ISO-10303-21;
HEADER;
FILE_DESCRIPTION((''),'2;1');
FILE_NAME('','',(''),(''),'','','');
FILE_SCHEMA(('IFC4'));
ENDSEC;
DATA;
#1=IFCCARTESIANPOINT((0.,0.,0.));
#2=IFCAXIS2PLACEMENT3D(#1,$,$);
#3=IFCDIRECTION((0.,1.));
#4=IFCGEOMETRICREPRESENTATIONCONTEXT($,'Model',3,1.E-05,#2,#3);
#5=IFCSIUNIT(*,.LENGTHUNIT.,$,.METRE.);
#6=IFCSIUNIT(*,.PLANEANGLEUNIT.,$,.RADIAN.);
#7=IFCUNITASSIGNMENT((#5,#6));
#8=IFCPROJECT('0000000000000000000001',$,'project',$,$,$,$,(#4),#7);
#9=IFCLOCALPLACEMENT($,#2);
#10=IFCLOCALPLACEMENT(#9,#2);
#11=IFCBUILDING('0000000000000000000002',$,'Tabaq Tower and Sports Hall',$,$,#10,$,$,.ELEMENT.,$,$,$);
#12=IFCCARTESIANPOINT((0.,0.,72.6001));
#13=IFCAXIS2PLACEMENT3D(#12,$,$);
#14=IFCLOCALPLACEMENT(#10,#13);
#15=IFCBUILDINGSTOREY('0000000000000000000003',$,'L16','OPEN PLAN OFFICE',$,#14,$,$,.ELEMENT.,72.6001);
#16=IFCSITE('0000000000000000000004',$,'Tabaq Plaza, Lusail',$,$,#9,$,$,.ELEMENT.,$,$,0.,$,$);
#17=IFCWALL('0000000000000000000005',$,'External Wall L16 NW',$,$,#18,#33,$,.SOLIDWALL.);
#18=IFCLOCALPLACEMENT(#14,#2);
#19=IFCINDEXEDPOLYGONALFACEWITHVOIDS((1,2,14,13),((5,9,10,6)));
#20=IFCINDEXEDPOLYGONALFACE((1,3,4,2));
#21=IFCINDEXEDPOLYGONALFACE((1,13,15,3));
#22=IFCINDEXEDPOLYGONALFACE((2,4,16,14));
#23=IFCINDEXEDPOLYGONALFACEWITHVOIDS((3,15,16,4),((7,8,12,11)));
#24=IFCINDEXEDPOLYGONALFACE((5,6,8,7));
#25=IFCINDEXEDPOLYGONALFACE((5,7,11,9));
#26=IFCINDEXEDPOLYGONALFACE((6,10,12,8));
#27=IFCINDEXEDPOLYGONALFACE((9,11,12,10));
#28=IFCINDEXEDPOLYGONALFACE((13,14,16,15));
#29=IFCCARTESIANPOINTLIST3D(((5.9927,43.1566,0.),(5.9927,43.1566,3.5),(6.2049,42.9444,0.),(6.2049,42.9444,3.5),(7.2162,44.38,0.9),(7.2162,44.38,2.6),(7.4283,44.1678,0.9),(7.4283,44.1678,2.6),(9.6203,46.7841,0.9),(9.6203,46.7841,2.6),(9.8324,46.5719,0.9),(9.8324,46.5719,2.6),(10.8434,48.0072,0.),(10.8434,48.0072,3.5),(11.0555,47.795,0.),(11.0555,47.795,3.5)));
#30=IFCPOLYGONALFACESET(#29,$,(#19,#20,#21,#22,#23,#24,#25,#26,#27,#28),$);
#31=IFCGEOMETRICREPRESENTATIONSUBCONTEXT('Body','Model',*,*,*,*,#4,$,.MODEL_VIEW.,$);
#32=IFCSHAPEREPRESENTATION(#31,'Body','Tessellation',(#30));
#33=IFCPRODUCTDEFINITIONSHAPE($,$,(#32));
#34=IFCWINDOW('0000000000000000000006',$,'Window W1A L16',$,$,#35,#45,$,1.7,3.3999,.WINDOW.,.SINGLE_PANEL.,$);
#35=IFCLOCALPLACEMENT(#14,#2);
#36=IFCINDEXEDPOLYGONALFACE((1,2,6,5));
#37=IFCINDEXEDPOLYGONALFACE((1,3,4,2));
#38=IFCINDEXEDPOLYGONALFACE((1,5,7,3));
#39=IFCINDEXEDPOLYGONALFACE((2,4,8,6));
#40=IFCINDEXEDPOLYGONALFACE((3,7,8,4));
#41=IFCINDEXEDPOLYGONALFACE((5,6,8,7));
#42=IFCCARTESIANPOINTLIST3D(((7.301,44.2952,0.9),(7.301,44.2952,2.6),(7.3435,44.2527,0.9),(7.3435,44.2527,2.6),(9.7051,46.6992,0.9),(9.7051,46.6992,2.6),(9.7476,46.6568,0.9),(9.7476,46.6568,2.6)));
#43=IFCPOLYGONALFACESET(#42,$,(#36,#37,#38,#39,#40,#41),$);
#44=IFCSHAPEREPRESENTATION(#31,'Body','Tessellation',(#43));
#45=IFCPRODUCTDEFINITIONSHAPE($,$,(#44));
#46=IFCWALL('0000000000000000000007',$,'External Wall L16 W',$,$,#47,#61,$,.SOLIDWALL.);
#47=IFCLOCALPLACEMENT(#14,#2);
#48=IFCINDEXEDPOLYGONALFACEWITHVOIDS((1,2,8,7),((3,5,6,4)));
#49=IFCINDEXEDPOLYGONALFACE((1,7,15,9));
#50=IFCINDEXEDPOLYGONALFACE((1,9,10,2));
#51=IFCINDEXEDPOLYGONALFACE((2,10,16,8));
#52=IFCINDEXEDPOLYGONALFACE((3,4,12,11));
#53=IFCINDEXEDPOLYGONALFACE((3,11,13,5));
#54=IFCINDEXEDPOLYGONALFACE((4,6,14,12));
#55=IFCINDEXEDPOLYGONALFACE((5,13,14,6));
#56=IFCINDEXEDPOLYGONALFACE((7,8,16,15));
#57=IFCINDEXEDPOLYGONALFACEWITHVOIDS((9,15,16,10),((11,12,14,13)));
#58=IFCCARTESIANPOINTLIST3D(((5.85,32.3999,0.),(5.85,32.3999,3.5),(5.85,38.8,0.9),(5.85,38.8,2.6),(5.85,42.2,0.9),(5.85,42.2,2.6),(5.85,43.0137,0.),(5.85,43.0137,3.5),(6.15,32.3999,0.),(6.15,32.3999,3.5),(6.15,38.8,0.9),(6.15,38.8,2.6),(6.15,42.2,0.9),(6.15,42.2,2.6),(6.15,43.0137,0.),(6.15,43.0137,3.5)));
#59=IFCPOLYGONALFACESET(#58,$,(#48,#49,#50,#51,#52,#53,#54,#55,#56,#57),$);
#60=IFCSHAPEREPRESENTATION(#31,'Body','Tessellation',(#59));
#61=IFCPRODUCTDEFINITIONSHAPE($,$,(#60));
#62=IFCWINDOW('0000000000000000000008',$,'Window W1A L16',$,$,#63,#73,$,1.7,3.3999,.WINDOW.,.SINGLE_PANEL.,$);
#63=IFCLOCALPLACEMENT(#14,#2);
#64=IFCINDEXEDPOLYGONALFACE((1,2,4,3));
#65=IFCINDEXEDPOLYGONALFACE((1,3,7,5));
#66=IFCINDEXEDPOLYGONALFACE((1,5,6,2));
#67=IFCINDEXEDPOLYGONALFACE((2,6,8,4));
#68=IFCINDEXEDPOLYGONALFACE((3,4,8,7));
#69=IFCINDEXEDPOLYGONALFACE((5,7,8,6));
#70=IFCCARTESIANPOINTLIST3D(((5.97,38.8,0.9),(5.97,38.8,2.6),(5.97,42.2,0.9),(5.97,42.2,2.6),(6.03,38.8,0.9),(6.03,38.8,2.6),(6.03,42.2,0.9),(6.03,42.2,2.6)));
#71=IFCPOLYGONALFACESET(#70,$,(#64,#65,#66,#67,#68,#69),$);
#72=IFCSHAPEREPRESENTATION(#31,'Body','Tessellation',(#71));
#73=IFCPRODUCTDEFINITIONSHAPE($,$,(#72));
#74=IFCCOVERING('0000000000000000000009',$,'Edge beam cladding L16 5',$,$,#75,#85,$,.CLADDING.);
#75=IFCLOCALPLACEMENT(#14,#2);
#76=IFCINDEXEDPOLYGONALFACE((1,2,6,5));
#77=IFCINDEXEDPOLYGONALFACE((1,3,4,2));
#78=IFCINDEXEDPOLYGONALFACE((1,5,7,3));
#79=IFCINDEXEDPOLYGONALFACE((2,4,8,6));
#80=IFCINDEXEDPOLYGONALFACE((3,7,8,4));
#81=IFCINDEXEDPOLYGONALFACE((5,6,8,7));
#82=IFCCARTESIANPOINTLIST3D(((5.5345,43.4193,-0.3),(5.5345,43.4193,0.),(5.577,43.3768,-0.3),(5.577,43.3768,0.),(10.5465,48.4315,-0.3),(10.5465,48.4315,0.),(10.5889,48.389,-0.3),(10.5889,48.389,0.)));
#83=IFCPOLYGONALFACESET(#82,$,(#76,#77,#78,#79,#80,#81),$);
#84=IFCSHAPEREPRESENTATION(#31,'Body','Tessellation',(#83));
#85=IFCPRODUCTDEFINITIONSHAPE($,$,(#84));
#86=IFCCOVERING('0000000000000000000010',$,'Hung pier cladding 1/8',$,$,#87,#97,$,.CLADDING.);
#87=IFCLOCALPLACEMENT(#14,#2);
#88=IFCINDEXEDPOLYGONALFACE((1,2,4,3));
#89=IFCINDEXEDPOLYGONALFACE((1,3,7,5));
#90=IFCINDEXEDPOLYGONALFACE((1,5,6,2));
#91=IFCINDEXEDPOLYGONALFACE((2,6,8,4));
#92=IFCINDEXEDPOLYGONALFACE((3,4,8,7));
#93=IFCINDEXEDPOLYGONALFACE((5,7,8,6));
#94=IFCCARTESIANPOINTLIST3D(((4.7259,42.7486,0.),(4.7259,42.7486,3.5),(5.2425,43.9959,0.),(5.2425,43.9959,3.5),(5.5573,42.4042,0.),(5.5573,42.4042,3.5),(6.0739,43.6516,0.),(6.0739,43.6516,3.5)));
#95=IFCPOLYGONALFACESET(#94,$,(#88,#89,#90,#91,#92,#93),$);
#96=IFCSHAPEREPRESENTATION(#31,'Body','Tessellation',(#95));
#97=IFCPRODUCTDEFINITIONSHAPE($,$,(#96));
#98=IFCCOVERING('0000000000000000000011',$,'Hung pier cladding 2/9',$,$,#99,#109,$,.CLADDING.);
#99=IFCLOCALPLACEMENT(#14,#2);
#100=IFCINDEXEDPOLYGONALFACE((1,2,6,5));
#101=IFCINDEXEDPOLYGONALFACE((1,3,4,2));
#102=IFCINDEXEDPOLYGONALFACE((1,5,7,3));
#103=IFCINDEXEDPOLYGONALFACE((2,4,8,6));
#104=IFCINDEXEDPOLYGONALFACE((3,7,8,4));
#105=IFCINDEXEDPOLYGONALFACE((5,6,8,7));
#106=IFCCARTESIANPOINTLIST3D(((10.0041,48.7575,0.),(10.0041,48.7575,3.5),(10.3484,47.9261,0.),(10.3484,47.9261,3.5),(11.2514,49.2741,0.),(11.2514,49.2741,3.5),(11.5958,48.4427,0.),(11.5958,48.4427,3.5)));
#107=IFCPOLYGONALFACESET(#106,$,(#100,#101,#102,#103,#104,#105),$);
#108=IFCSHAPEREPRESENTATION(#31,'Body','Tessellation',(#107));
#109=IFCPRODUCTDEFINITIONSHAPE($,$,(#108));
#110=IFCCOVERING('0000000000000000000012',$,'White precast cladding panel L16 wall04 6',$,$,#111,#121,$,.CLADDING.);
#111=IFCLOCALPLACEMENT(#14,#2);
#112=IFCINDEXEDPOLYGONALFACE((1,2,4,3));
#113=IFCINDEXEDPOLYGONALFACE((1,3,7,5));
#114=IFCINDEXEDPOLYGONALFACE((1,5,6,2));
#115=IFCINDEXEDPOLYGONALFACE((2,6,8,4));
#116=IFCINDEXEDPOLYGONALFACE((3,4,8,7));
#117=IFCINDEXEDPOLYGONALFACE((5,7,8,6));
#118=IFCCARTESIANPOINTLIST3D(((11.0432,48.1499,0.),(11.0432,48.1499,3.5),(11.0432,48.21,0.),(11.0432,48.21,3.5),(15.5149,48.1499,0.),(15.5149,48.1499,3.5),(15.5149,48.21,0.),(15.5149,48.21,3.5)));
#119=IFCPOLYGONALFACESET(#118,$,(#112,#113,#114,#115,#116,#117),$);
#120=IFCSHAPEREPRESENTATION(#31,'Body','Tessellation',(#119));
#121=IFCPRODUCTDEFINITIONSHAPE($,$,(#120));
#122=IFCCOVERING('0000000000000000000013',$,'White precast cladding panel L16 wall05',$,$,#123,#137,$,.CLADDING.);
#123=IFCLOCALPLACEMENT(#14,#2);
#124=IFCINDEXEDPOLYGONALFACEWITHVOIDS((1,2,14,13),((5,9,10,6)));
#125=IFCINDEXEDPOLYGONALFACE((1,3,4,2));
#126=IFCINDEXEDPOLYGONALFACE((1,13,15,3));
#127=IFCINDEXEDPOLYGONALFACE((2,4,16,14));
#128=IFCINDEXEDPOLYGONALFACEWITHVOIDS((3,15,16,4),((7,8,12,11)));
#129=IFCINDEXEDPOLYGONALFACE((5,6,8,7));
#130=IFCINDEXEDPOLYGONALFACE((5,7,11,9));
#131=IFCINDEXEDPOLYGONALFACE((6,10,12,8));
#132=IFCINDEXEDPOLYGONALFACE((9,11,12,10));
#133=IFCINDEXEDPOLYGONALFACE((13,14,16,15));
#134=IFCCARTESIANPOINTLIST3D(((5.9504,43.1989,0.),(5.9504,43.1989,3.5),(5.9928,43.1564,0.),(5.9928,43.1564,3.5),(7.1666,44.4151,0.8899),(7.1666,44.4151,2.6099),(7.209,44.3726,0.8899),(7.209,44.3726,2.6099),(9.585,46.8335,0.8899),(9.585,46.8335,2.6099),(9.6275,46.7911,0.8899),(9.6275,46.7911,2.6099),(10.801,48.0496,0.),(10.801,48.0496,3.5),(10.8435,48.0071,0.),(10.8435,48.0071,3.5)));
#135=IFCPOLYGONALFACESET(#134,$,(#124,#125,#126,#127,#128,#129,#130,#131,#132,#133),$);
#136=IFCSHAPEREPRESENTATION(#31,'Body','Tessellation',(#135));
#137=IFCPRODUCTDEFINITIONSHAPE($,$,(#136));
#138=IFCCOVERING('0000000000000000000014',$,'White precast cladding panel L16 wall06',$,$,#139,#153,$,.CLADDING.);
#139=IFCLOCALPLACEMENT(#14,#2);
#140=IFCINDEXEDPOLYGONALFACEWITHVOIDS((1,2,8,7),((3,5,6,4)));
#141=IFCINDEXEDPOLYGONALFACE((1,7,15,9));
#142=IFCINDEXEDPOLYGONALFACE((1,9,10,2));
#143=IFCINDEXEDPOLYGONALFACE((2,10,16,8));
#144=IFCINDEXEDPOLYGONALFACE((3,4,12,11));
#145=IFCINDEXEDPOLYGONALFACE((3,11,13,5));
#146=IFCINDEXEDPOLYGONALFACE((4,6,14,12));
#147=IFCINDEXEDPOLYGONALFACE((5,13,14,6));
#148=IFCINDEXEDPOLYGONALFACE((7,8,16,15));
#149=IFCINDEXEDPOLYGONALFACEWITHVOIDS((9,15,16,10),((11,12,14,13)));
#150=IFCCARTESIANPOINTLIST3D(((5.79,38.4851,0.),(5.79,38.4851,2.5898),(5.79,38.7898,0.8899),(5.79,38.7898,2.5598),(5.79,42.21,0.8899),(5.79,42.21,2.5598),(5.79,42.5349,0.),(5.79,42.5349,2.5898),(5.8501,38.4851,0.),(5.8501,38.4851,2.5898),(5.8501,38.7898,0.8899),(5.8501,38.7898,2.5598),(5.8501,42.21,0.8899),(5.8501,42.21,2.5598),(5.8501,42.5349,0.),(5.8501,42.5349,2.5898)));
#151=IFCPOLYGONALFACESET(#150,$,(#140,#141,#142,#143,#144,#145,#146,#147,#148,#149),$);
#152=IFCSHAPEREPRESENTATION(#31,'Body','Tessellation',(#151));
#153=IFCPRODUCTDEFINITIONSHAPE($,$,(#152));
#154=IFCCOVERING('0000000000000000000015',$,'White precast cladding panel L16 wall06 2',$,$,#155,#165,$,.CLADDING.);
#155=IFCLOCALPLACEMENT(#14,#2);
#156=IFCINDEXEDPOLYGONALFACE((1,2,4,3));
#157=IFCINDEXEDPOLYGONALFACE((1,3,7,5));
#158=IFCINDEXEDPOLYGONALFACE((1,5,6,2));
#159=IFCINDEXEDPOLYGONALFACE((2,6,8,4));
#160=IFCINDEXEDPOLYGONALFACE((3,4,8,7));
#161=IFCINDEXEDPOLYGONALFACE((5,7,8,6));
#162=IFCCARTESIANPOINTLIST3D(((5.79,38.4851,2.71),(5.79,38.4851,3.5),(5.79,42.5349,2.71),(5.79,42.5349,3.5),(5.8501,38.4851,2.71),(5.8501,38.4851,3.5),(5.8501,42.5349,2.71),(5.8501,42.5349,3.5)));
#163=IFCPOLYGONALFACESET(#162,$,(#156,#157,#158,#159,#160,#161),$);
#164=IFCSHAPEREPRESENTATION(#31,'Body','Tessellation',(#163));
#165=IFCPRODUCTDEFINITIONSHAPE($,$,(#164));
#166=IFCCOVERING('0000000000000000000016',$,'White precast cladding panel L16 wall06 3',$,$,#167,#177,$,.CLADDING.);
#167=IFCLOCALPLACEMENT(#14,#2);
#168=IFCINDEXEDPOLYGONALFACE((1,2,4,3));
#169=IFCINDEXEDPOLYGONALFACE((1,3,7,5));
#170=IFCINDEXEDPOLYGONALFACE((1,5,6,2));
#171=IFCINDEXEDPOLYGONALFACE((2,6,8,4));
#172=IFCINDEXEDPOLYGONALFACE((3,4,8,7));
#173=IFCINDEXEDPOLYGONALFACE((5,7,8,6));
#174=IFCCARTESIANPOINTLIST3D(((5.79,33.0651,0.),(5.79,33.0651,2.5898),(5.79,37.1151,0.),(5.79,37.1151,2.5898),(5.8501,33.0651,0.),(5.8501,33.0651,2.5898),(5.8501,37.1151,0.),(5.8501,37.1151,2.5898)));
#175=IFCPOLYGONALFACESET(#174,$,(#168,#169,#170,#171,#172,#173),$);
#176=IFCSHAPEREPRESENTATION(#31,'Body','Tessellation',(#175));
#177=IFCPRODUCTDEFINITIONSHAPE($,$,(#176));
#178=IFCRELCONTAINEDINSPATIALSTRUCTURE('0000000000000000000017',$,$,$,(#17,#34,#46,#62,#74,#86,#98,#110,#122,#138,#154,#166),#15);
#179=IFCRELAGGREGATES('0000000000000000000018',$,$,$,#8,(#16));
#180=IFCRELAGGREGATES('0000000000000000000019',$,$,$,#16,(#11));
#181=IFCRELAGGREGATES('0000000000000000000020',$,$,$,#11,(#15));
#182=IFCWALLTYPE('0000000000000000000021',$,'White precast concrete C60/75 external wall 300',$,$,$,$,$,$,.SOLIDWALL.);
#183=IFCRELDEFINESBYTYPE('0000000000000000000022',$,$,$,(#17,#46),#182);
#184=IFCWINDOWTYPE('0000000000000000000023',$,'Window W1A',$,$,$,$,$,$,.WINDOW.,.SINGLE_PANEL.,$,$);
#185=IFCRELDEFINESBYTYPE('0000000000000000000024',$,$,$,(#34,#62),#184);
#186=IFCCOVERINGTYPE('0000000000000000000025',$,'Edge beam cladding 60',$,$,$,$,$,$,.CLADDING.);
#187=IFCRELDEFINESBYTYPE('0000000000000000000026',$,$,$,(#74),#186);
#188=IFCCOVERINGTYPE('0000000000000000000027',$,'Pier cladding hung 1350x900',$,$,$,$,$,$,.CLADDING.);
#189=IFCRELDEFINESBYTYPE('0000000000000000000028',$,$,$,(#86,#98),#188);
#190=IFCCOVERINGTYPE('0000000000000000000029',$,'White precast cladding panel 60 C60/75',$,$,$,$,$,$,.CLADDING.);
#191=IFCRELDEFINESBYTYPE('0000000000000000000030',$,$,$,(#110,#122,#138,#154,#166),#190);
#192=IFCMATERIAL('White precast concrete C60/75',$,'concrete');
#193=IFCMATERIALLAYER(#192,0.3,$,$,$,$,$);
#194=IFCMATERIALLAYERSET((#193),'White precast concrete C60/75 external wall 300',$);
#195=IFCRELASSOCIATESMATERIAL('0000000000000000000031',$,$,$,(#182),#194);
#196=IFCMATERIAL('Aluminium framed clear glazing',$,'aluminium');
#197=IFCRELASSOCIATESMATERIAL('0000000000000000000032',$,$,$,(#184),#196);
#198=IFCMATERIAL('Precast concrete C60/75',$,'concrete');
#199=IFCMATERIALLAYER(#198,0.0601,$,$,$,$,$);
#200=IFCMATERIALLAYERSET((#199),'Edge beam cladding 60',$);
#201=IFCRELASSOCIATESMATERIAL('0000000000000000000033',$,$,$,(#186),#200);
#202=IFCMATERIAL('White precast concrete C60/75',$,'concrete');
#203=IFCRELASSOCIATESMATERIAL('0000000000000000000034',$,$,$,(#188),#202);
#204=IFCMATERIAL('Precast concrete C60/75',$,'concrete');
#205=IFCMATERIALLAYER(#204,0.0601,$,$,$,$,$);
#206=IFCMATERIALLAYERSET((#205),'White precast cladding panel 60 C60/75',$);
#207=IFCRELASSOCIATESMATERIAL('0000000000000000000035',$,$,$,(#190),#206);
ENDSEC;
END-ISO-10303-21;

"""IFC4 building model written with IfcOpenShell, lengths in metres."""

from ifc_helpers import new_model, si_unit, direction, frame, frame_2d, origin, place, context, subcontext, project, spatial, polyline, rectangle, outline, extrude, material, layer, layer_set, type_object, element, fill, save


model = new_model("IFC4")

# Units and contexts
model_context = context("Model", 3, precision=1e-05, world=origin(), true_north=direction((0.0, 1.0)))
body_context = subcontext(model_context, "Body", "Model", "MODEL_VIEW")
ifc_project = project(units=[si_unit("LENGTHUNIT", "METRE"), si_unit("PLANEANGLEUNIT", "RADIAN")], contexts=[model_context])

# Site, building, storey
site_placement = place(None, origin())
site = spatial("IfcSite", under=ifc_project, at=site_placement, Name="Tabaq Plaza, Lusail", CompositionType="ELEMENT", RefElevation=0.0)
building_placement = place(site_placement, origin())
building = spatial("IfcBuilding", under=site, at=building_placement, Name="Tabaq Tower and Sports Hall", CompositionType="ELEMENT")
storey_placement = place(building_placement, frame((0.0, 0.0, 72.6001)))
storey = spatial("IfcBuildingStorey", under=building, at=storey_placement, Name="L16", Description="OPEN PLAN OFFICE", CompositionType="ELEMENT", Elevation=72.6001)

# Walls, openings, windows
ifc_material_1 = material(Name="White precast concrete C60/75", Category="concrete")
ifc_layer_1 = layer(ifc_material_1, 0.3)
ifc_layer_set_1 = layer_set([ifc_layer_1], Name="White precast concrete C60/75 external wall 300")
wall_type_1 = type_object("IfcWallType", Name="White precast concrete C60/75 external wall 300", PredefinedType="SOLIDWALL", material=ifc_layer_set_1)
wall_1_placement = place(storey_placement, frame((10.9495, 47.9011, 0.0), z_axis=(0.0, 0.0, 1.0), x_axis=(-0.707107, -0.707107, 0.0)))
wall_1 = element("IfcWall", 1, at=wall_1_placement, inside=storey, type_object=wall_type_1, Name="External Wall L16 NW", PredefinedType="SOLIDWALL", context=body_context, shape_type="SweptSolid", body=[
    extrude(rectangle(XDim=6.8599, YDim=0.3, at=frame_2d((3.4299, 0.0))), origin(), (0.0, 0.0, 1.0), 3.5),
])
opening_1_placement = place(wall_1_placement, frame((1.7297, 0.0, 0.8999)))
opening_1 = element("IfcOpeningElement", 2, at=opening_1_placement, cuts=wall_1, PredefinedType="OPENING", context=body_context, shape_type="SweptSolid", body=[
    extrude(rectangle(XDim=3.3999, YDim=1.7, at=frame_2d((1.7, 0.8501))), frame((0.0, 0.1602, 0.0), z_axis=(0.0, -1.0, 0.0), x_axis=(1.0, 0.0, 0.0)), (0.0, 0.0, 1.0), 0.3201),
])
ifc_material_2 = material(Name="Aluminium framed clear glazing", Category="aluminium")
window_type = type_object("IfcWindowType", Name="Window W1A", PartitioningType="SINGLE_PANEL", PredefinedType="WINDOW", material=ifc_material_2)
window_1_placement = place(opening_1_placement, origin())
window_1 = element("IfcWindow", 3, at=window_1_placement, inside=storey, type_object=window_type, Name="Window W1A L16", OverallHeight=1.7, OverallWidth=3.3999, PartitioningType="SINGLE_PANEL", PredefinedType="WINDOW", context=body_context, shape_type="SweptSolid", body=[
    extrude(rectangle(XDim=3.3999, YDim=1.7, at=frame_2d((1.7, 0.8501))), frame((0.0, 0.03, 0.0), z_axis=(0.0, -1.0, 0.0), x_axis=(1.0, 0.0, 0.0)), (0.0, 0.0, 1.0), 0.0601),
])
fill(opening_1, window_1)
wall_2_placement = place(storey_placement, frame((6.0, 43.0137, 0.0), z_axis=(0.0, 0.0, 1.0), x_axis=(0.0, -1.0, 0.0)))
wall_2 = element("IfcWall", 4, at=wall_2_placement, inside=storey, type_object=wall_type_1, Name="External Wall L16 W", PredefinedType="SOLIDWALL", context=body_context, shape_type="SweptSolid", body=[
    extrude(rectangle(XDim=10.6138, YDim=0.3, at=frame_2d((5.3069, 0.0))), origin(), (0.0, 0.0, 1.0), 3.5),
])
opening_2_placement = place(wall_2_placement, frame((0.8137, 0.0, 0.8999)))
opening_2 = element("IfcOpeningElement", 5, at=opening_2_placement, cuts=wall_2, PredefinedType="OPENING", context=body_context, shape_type="SweptSolid", body=[
    extrude(rectangle(XDim=3.3999, YDim=1.7, at=frame_2d((1.7, 0.8501))), frame((0.0, 0.1602, 0.0), z_axis=(0.0, -1.0, 0.0), x_axis=(1.0, 0.0, 0.0)), (0.0, 0.0, 1.0), 0.3201),
])
window_2_placement = place(opening_2_placement, origin())
window_2 = element("IfcWindow", 6, at=window_2_placement, inside=storey, type_object=window_type, Name="Window W1A L16", OverallHeight=1.7, OverallWidth=3.3999, PartitioningType="SINGLE_PANEL", PredefinedType="WINDOW", context=body_context, shape_type="SweptSolid", body=[
    extrude(rectangle(XDim=3.3999, YDim=1.7, at=frame_2d((1.7, 0.8501))), frame((0.0, 0.03, 0.0), z_axis=(0.0, -1.0, 0.0), x_axis=(1.0, 0.0, 0.0)), (0.0, 0.0, 1.0), 0.0601),
])
fill(opening_2, window_2)

# Coverings
ifc_material_3 = material(Name="Precast concrete C60/75", Category="concrete")
ifc_layer_2 = layer(ifc_material_3, 0.0601)
ifc_layer_set_2 = layer_set([ifc_layer_2], Name="Edge beam cladding 60")
covering_type_1 = type_object("IfcCoveringType", Name="Edge beam cladding 60", PredefinedType="CLADDING", material=ifc_layer_set_2)
covering_1_placement = place(storey_placement, frame((10.5676, 48.4102, -0.3), z_axis=(0.0, 0.0, 1.0), x_axis=(-0.70709, -0.707124, 0.0)))
element("IfcCovering", 7, at=covering_1_placement, inside=storey, type_object=covering_type_1, Name="Edge beam cladding L16 5", PredefinedType="CLADDING", context=body_context, shape_type="SweptSolid", body=[
    extrude(rectangle(XDim=7.0881, YDim=0.0601, at=frame_2d((3.5439, 0.0))), origin(), (0.0, 0.0, 1.0), 0.3),
])
ifc_material_4 = material(Name="White precast concrete C60/75", Category="concrete")
covering_type_2 = type_object("IfcCoveringType", Name="Pier cladding hung 1350x900", PredefinedType="CLADDING", material=ifc_material_4)
for number, where, z_axis, x_axis, name in (
    (8, (5.6582, 43.8237, 0.0), (0.0, 0.0, 1.0), (-0.38265, -0.923893, 0.0), "Hung pier cladding 1/8"),
    (9, (11.4236, 48.8584, 0.0), (0.0, 0.0, 1.0), (-0.923893, -0.38265, 0.0), "Hung pier cladding 2/9"),
):
    element("IfcCovering", number, at=place(storey_placement, frame(where, z_axis=z_axis, x_axis=x_axis)), inside=storey, type_object=covering_type_2, Name=name, PredefinedType="CLADDING", context=body_context, shape_type="SweptSolid", body=[
        extrude(rectangle(XDim=1.3501, YDim=0.8999, at=frame_2d((0.675, 0.0))), origin(), (0.0, 0.0, 1.0), 3.5),
    ])
ifc_material_5 = material(Name="Precast concrete C60/75", Category="concrete")
ifc_layer_3 = layer(ifc_material_5, 0.0601)
ifc_layer_set_3 = layer_set([ifc_layer_3], Name="White precast cladding panel 60 C60/75")
covering_type_3 = type_object("IfcCoveringType", Name="White precast cladding panel 60 C60/75", PredefinedType="CLADDING", material=ifc_layer_set_3)
covering_2_placement = place(storey_placement, frame((15.5149, 48.1799, 0.0), z_axis=(0.0, 0.0, 1.0), x_axis=(-1.0, 0.0, 0.0)))
element("IfcCovering", 10, at=covering_2_placement, inside=storey, type_object=covering_type_3, Name="White precast cladding panel L16 wall04 6", PredefinedType="CLADDING", context=body_context, shape_type="SweptSolid", body=[
    extrude(rectangle(XDim=4.4717, YDim=0.0601, at=frame_2d((2.2358, 0.0))), origin(), (0.0, 0.0, 1.0), 3.5),
])
covering_3_placement = place(storey_placement, frame((10.8223, 48.0283, 0.0), z_axis=(0.0, 0.0, 1.0), x_axis=(-0.707107, -0.707107, 0.0)))
element("IfcCovering", 11, at=covering_3_placement, inside=storey, type_object=covering_type_3, Name="White precast cladding panel L16 wall05", PredefinedType="CLADDING", context=body_context, shape_type="SweptSolid", body=[
    extrude(outline(polyline([(0.0, 0.0), (6.8599, 0.0), (6.8599, 3.5), (0.0, 3.5), (0.0, 0.0)]), holes=[polyline([(1.7197, 0.8899), (1.7197, 2.6099), (5.1399, 2.6099), (5.1399, 0.8899), (1.7197, 0.8899)])]), frame((0.0, 0.03, 0.0), z_axis=(0.0, -1.0, 0.0), x_axis=(1.0, 0.0, 0.0)), (0.0, 0.0, 1.0), 0.0601),
])
covering_4_placement = place(storey_placement, frame((5.8201, 42.5349, 0.0), z_axis=(0.0, 0.0, 1.0), x_axis=(0.0, -1.0, 0.0)))
element("IfcCovering", 12, at=covering_4_placement, inside=storey, type_object=covering_type_3, Name="White precast cladding panel L16 wall06", PredefinedType="CLADDING", context=body_context, shape_type="SweptSolid", body=[
    extrude(outline(polyline([(0.0, 0.0), (4.0498, 0.0), (4.0498, 2.5898), (0.0, 2.5898), (0.0, 0.0)]), holes=[polyline([(3.7451, 0.8899), (0.325, 0.8899), (0.325, 2.5598), (3.7451, 2.5598), (3.7451, 0.8899)])]), frame((0.0, 0.03, 0.0), z_axis=(0.0, -1.0, 0.0), x_axis=(1.0, 0.0, 0.0)), (0.0, 0.0, 1.0), 0.0601),
])
covering_5_placement = place(storey_placement, frame((5.8201, 42.5349, 2.71), z_axis=(0.0, 0.0, 1.0), x_axis=(0.0, -1.0, 0.0)))
element("IfcCovering", 13, at=covering_5_placement, inside=storey, type_object=covering_type_3, Name="White precast cladding panel L16 wall06 2", PredefinedType="CLADDING", context=body_context, shape_type="SweptSolid", body=[
    extrude(rectangle(XDim=4.0498, YDim=0.0601, at=frame_2d((2.0249, 0.0))), origin(), (0.0, 0.0, 1.0), 0.79),
])
covering_6_placement = place(storey_placement, frame((5.8201, 37.115, 0.0), z_axis=(0.0, 0.0, 1.0), x_axis=(0.0, -1.0, 0.0)))
element("IfcCovering", 14, at=covering_6_placement, inside=storey, type_object=covering_type_3, Name="White precast cladding panel L16 wall06 3", PredefinedType="CLADDING", context=body_context, shape_type="SweptSolid", body=[
    extrude(rectangle(XDim=4.05, YDim=0.0601, at=frame_2d((2.0249, 0.0))), origin(), (0.0, 0.0, 1.0), 2.5898),
])

save(model, "model.ifc")
